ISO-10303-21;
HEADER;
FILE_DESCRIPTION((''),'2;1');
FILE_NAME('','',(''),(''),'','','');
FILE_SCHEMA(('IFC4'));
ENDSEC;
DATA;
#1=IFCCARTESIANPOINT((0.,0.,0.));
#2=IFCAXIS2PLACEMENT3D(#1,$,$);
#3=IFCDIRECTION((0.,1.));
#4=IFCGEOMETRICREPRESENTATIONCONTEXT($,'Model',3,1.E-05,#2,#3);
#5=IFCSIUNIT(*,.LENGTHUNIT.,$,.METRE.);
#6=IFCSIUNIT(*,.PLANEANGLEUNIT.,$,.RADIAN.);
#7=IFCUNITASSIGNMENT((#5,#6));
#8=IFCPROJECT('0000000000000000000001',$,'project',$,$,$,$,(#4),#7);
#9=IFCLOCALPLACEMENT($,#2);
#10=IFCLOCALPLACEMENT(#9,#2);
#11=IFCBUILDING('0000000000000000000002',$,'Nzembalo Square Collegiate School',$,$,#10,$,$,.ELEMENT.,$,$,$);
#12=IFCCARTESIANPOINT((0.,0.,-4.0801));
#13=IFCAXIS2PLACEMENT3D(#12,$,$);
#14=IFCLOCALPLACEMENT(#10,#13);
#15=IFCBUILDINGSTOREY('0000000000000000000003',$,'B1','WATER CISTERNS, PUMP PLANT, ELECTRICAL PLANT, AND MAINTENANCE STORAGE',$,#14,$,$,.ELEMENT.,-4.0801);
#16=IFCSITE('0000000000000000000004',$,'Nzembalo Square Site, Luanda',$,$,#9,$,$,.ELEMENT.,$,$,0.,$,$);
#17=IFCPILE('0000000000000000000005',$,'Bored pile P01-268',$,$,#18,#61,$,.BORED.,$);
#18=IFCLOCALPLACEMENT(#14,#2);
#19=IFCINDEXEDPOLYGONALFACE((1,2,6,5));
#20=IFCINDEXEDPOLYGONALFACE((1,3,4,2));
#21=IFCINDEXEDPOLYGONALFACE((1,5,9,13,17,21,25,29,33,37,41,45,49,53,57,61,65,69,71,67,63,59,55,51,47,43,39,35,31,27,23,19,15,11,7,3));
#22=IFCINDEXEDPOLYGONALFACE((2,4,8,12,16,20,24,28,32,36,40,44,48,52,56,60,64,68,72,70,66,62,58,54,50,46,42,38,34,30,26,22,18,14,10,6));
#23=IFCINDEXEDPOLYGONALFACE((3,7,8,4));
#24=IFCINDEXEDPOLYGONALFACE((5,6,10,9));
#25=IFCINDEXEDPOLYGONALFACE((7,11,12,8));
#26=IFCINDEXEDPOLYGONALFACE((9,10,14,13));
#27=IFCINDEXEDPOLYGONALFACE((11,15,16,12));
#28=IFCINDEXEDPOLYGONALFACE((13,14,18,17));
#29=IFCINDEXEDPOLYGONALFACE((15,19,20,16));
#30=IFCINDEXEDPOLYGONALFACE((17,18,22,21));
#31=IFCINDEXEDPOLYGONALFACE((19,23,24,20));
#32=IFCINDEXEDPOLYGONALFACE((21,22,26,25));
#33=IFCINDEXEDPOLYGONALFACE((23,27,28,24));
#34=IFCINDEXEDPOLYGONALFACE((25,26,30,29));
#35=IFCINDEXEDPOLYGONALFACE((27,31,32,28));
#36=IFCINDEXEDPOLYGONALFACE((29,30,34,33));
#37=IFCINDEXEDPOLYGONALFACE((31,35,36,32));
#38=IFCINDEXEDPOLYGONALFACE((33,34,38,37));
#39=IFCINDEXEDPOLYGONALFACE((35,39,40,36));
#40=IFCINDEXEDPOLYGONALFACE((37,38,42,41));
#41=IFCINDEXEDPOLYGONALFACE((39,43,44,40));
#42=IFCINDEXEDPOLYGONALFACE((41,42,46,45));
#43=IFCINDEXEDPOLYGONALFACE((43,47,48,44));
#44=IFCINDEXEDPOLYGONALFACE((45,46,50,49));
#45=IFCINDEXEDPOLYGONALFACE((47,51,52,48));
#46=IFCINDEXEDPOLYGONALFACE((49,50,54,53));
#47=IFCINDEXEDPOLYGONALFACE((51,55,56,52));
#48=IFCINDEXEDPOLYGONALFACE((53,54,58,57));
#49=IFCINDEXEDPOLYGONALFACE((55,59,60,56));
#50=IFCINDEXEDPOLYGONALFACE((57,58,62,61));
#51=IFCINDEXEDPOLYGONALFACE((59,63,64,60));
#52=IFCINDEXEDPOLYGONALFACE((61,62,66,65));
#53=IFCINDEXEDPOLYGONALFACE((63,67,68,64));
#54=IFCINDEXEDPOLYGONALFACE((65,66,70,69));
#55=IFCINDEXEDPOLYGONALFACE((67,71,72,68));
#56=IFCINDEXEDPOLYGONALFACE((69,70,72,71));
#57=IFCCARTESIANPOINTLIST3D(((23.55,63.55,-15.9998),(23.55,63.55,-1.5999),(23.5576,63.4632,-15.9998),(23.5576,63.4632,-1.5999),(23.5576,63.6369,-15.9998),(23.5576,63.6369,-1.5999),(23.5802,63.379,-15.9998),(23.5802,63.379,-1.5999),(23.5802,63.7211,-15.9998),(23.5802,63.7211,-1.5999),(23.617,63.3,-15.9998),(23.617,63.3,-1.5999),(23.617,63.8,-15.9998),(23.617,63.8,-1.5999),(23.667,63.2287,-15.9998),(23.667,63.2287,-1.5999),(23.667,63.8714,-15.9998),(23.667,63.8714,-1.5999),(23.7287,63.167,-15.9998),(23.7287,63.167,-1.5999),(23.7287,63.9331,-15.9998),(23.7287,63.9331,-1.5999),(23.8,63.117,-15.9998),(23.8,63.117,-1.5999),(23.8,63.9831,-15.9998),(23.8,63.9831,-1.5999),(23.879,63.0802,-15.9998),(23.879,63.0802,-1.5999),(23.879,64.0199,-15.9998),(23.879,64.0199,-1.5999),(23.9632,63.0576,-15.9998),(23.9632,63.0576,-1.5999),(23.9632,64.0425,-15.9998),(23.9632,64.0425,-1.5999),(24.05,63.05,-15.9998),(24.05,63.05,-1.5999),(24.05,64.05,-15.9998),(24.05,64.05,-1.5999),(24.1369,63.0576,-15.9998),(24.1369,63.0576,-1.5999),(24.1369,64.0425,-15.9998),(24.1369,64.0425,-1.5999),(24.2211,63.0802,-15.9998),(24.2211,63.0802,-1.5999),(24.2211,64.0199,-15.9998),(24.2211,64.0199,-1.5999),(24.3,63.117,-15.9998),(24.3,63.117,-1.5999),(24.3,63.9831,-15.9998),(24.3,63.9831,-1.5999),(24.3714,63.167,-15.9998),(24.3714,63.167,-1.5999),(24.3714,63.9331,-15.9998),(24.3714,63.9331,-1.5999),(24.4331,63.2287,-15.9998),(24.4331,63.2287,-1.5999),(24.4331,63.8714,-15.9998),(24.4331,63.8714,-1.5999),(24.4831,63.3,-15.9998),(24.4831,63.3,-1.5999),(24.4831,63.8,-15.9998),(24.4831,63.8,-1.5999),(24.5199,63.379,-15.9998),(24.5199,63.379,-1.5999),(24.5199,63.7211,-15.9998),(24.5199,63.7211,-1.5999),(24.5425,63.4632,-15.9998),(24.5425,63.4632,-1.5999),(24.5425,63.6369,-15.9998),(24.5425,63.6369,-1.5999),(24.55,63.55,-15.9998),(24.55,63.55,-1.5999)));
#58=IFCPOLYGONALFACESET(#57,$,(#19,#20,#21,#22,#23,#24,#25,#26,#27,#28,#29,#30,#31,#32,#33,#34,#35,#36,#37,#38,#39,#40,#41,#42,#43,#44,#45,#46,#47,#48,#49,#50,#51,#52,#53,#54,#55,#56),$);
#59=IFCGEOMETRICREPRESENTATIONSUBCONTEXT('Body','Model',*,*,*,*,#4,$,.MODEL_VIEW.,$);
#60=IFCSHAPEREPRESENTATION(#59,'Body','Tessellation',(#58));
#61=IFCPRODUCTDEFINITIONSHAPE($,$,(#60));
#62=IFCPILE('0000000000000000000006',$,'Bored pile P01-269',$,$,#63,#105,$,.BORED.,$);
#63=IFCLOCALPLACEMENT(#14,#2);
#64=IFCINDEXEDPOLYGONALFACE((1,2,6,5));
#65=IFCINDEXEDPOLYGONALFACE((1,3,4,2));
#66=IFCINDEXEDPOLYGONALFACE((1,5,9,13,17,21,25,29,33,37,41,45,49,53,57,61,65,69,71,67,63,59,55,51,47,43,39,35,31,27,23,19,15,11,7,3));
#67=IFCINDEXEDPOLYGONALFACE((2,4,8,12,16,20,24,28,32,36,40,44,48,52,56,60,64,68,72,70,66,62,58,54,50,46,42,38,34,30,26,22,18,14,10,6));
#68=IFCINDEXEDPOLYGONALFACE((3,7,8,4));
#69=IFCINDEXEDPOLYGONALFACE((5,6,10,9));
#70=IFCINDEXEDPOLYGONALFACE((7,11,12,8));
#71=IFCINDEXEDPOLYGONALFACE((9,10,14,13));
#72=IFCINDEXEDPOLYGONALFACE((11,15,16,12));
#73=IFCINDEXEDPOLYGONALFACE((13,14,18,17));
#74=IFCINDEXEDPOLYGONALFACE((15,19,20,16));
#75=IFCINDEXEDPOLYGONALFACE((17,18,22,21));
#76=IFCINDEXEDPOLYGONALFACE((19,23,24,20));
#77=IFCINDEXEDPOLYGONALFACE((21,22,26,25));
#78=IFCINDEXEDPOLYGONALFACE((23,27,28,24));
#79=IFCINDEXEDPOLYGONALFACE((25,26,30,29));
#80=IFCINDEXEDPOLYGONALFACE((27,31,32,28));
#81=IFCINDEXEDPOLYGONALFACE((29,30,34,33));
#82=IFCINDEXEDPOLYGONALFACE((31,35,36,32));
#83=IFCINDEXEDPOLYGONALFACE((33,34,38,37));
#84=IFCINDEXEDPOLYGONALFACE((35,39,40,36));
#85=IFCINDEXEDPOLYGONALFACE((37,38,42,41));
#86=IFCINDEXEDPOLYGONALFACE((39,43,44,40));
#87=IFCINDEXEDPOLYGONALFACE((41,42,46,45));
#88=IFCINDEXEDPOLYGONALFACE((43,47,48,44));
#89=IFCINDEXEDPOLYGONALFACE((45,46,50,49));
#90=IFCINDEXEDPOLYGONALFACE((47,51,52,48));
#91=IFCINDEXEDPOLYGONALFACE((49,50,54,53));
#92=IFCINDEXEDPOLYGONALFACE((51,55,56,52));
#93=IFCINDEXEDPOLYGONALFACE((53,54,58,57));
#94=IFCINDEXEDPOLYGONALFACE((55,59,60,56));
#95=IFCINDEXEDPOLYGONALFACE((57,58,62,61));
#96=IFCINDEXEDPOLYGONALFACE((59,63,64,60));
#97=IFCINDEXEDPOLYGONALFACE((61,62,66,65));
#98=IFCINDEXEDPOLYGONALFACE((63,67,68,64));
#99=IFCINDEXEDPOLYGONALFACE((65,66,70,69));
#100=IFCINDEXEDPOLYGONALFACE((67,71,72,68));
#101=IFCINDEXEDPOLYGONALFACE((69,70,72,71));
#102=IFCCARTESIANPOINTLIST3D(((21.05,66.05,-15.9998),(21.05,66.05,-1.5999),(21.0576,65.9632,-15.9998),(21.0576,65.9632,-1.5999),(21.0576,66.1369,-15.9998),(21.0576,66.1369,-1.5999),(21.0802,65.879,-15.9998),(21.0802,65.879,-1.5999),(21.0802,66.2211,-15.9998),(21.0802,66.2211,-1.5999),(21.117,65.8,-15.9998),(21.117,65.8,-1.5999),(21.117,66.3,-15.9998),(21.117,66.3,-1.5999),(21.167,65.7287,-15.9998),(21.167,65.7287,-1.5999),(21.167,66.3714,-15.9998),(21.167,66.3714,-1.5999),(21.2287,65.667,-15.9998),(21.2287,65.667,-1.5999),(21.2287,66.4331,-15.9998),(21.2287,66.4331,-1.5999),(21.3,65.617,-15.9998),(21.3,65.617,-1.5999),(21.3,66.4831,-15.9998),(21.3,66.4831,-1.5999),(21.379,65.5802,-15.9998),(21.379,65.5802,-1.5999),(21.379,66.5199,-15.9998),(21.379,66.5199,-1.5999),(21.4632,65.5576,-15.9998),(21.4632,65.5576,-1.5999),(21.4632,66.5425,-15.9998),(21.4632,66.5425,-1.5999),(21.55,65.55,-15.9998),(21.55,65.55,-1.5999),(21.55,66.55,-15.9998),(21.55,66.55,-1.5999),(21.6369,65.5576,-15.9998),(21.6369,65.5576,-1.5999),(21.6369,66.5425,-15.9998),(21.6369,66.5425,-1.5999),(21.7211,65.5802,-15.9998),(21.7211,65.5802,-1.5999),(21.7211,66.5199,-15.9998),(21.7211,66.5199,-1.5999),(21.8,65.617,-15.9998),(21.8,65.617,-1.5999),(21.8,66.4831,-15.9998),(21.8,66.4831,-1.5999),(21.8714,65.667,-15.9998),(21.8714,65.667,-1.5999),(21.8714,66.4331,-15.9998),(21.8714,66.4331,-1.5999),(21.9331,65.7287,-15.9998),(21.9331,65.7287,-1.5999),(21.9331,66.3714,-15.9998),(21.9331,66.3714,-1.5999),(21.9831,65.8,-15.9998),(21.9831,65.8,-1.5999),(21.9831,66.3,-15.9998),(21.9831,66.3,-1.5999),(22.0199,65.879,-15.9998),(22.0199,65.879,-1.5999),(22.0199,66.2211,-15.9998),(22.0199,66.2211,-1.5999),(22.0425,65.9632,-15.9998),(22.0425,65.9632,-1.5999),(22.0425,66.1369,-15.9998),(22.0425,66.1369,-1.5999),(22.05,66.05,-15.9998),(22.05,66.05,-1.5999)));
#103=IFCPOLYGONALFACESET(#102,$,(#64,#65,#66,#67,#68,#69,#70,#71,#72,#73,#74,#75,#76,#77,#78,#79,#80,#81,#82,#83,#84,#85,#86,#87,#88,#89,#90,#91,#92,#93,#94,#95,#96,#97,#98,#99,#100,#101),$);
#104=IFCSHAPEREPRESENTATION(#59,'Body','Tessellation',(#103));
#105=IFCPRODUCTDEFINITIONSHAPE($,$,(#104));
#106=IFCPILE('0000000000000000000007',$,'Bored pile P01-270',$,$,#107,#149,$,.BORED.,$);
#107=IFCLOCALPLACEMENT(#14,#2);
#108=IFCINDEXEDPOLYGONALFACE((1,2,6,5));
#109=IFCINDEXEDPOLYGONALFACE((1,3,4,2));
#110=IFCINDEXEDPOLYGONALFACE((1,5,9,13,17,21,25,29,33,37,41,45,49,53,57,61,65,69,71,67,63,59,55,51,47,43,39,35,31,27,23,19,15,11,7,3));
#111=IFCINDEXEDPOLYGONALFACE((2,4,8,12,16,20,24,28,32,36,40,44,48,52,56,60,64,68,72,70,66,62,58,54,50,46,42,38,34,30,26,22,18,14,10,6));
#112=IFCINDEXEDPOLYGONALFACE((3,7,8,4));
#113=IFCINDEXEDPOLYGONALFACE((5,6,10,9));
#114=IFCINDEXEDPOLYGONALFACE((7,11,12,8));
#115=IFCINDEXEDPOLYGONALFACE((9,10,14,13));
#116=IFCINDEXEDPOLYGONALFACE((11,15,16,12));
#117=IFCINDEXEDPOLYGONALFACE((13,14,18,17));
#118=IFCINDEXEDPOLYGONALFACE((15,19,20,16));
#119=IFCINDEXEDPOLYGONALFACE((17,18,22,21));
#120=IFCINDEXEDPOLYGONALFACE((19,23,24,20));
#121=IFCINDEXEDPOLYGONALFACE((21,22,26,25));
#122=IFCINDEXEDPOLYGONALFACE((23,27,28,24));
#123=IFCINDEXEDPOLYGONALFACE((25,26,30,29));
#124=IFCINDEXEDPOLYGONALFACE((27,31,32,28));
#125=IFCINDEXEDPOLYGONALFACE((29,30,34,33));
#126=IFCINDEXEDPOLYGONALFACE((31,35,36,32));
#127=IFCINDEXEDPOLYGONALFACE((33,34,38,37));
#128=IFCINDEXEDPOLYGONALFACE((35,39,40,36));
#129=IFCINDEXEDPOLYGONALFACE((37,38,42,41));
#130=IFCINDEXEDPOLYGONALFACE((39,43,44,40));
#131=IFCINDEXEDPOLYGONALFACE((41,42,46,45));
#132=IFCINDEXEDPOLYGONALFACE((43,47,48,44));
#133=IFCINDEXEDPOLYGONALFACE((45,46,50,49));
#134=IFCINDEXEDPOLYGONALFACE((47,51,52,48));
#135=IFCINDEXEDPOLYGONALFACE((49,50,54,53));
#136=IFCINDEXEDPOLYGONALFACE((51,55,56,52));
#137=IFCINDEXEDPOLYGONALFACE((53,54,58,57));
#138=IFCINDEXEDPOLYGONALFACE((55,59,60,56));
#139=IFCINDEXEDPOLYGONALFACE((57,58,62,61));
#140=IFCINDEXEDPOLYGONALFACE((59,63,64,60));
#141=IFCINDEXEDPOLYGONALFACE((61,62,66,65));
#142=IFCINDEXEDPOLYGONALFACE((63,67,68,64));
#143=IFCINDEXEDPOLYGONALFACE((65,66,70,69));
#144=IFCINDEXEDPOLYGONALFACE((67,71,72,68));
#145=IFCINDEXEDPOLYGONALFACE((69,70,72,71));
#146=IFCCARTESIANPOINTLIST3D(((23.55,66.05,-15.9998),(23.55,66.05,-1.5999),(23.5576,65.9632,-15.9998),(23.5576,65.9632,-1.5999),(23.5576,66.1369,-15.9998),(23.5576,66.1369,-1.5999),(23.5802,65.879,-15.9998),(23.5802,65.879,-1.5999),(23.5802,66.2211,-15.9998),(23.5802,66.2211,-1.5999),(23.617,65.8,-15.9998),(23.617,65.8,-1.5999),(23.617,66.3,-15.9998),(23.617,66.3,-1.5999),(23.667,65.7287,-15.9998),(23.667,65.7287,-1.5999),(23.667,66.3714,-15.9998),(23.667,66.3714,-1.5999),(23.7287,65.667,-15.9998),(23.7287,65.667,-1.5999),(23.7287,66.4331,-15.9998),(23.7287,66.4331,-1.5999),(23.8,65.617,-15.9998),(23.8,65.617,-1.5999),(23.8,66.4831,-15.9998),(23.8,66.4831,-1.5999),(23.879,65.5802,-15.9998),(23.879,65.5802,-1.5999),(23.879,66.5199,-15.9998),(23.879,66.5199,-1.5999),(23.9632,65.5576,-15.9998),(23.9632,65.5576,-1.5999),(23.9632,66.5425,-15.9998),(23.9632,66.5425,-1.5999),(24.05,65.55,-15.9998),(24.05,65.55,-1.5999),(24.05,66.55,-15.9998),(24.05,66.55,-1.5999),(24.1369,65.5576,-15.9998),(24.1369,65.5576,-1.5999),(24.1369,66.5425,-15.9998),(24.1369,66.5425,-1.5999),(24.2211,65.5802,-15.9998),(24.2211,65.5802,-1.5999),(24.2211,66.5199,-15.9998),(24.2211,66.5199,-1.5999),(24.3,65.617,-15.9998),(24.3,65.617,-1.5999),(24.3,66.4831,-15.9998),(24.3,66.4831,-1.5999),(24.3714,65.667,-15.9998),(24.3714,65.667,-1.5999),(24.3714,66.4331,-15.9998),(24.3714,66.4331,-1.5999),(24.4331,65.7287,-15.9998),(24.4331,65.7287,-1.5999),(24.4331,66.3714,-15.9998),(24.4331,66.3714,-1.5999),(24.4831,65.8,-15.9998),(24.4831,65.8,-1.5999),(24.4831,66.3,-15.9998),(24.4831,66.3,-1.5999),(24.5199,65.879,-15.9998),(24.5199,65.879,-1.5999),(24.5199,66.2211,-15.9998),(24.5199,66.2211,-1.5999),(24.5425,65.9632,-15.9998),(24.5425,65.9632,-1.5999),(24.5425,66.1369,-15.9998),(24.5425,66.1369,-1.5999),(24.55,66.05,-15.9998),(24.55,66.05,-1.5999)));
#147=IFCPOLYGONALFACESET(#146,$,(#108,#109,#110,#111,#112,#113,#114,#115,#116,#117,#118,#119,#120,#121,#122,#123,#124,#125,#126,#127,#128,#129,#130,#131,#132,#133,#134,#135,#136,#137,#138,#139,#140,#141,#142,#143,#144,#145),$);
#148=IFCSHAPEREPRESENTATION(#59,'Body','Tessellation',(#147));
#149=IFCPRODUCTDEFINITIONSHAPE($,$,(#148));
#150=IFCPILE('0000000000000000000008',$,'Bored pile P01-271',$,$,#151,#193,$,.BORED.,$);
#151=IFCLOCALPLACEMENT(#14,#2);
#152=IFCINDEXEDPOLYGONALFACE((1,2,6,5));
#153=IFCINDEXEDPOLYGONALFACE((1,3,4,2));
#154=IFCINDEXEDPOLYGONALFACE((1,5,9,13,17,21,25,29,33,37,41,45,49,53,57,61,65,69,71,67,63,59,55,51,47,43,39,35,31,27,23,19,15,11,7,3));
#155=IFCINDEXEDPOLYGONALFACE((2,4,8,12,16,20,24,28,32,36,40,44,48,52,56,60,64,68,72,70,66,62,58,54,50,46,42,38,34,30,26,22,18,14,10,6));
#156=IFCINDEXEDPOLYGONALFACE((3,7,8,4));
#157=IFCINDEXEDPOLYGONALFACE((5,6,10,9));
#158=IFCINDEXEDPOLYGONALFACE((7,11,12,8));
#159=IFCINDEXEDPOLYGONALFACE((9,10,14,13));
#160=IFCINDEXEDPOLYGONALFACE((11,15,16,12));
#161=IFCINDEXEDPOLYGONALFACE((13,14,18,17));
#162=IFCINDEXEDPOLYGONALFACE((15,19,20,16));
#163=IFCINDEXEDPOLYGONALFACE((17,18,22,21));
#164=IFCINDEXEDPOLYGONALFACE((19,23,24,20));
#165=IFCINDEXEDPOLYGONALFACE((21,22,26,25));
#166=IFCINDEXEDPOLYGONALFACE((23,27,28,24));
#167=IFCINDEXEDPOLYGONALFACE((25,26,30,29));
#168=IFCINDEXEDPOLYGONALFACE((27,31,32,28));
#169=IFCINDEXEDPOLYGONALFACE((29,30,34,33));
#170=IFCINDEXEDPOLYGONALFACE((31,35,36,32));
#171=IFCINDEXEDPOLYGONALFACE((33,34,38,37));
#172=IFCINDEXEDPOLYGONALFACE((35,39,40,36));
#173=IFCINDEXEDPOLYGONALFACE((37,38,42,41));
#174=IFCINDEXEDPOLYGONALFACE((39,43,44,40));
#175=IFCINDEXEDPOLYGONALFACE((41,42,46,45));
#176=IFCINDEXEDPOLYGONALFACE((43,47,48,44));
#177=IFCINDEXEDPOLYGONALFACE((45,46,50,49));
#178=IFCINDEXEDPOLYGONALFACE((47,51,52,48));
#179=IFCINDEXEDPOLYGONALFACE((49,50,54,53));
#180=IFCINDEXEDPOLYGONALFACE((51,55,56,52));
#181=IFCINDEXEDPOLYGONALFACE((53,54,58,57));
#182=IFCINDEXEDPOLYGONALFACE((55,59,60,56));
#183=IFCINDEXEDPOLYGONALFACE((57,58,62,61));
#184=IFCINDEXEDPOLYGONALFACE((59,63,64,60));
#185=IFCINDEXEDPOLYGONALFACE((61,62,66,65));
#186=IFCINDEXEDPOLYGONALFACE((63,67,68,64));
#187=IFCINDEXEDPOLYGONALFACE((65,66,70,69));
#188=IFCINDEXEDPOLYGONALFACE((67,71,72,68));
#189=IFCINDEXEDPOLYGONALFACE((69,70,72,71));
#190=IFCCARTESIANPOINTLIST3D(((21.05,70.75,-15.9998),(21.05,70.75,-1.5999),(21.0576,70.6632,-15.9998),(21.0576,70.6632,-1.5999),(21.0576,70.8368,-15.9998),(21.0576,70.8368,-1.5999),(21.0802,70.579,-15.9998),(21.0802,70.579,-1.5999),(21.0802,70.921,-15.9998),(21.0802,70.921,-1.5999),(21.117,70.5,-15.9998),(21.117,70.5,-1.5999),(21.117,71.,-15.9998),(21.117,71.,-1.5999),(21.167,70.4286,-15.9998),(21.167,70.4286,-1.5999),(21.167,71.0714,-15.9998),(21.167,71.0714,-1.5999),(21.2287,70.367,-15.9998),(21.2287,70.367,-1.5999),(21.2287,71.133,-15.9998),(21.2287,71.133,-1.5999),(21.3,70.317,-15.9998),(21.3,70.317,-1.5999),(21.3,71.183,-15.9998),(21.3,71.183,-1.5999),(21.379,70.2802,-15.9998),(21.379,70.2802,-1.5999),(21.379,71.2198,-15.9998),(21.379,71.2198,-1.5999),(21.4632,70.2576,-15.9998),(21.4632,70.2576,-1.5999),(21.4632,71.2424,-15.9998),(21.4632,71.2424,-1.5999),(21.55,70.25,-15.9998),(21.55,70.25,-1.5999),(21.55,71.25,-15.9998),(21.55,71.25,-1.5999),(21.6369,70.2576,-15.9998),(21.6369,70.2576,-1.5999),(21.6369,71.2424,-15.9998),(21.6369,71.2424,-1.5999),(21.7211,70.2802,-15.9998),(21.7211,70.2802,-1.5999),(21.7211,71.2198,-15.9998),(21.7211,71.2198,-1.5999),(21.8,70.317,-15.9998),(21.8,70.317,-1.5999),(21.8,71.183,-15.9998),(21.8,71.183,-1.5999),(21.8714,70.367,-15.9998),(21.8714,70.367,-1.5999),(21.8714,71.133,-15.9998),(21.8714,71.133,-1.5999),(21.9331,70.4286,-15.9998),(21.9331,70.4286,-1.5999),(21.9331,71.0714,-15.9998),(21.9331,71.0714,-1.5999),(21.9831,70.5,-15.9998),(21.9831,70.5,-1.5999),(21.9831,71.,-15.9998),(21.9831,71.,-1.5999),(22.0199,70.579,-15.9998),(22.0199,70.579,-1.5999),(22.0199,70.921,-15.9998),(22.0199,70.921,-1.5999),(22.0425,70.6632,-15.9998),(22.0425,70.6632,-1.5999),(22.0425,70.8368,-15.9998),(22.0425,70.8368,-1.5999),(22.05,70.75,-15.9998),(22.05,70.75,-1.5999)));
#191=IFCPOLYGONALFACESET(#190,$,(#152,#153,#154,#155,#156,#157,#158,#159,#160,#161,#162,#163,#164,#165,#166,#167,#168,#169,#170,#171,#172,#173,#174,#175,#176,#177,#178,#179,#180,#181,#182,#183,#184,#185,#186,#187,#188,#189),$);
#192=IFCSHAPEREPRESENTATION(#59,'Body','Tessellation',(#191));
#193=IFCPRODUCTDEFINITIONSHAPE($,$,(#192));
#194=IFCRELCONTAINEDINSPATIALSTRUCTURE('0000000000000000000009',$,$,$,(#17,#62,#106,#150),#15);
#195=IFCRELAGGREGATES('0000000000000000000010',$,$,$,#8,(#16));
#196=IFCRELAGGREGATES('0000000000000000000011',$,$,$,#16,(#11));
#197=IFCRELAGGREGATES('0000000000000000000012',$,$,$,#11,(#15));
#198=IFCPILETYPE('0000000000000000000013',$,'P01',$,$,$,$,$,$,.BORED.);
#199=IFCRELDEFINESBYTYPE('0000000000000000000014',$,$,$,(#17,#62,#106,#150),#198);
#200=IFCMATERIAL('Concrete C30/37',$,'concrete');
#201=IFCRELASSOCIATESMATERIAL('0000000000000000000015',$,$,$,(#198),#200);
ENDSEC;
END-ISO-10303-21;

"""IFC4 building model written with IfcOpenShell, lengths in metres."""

from ifc_helpers import new_model, si_unit, direction, frame, origin, origin_2d, place, context, subcontext, project, spatial, circle, extrude, material, material_profile, profile_set, type_object, element, save


model = new_model("IFC4")

# Units and contexts
model_context = context("Model", 3, precision=1e-05, world=origin(), true_north=direction((0.0, 1.0)))
body_context = subcontext(model_context, "Body", "Model", "MODEL_VIEW")
ifc_project = project(units=[si_unit("LENGTHUNIT", "METRE"), si_unit("PLANEANGLEUNIT", "RADIAN")], contexts=[model_context])

# Site, building, storey
site_placement = place(None, origin())
site = spatial("IfcSite", under=ifc_project, at=site_placement, Name="Nzembalo Square Site, Luanda", CompositionType="ELEMENT", RefElevation=0.0)
building_placement = place(site_placement, origin())
building = spatial("IfcBuilding", under=site, at=building_placement, Name="Nzembalo Square Collegiate School", CompositionType="ELEMENT")
storey_placement = place(building_placement, frame((0.0, 0.0, -4.0801)))
storey = spatial("IfcBuildingStorey", under=building, at=storey_placement, Name="B1", Description="WATER CISTERNS, PUMP PLANT, ELECTRICAL PLANT, AND MAINTENANCE STORAGE", CompositionType="ELEMENT", Elevation=-4.0801)

# Piles
ifc_material_1 = material(Name="Concrete C30/37", Category="concrete")
ifc_material_profile_1 = material_profile(ifc_material_1, circle(Radius=0.5, at=origin_2d()), Name="PILE D1000")
ifc_profile_set_1 = profile_set([ifc_material_profile_1], Name="Concrete C30/37")
pile_type = type_object("IfcPileType", Name="P01", PredefinedType="BORED", material=ifc_profile_set_1)
for number, where, z_axis, x_axis, name in (
    (1, (24.05, 63.55, -1.5999), (0.0, 0.0, -1.0), (1.0, 0.0, 0.0), "Bored pile P01-268"),
    (2, (21.55, 66.05, -1.5999), (0.0, 0.0, -1.0), (1.0, 0.0, 0.0), "Bored pile P01-269"),
    (3, (24.05, 66.05, -1.5999), (0.0, 0.0, -1.0), (1.0, 0.0, 0.0), "Bored pile P01-270"),
    (4, (21.55, 70.75, -1.5999), (0.0, 0.0, -1.0), (1.0, 0.0, 0.0), "Bored pile P01-271"),
):
    element("IfcPile", number, at=place(storey_placement, frame(where, z_axis=z_axis, x_axis=x_axis)), inside=storey, type_object=pile_type, Name=name, PredefinedType="BORED", context=body_context, shape_type="SweptSolid", body=[
        extrude(circle(Radius=0.5, at=origin_2d()), origin(), (0.0, 0.0, 1.0), 14.3999),
    ])

save(model, "model.ifc")
